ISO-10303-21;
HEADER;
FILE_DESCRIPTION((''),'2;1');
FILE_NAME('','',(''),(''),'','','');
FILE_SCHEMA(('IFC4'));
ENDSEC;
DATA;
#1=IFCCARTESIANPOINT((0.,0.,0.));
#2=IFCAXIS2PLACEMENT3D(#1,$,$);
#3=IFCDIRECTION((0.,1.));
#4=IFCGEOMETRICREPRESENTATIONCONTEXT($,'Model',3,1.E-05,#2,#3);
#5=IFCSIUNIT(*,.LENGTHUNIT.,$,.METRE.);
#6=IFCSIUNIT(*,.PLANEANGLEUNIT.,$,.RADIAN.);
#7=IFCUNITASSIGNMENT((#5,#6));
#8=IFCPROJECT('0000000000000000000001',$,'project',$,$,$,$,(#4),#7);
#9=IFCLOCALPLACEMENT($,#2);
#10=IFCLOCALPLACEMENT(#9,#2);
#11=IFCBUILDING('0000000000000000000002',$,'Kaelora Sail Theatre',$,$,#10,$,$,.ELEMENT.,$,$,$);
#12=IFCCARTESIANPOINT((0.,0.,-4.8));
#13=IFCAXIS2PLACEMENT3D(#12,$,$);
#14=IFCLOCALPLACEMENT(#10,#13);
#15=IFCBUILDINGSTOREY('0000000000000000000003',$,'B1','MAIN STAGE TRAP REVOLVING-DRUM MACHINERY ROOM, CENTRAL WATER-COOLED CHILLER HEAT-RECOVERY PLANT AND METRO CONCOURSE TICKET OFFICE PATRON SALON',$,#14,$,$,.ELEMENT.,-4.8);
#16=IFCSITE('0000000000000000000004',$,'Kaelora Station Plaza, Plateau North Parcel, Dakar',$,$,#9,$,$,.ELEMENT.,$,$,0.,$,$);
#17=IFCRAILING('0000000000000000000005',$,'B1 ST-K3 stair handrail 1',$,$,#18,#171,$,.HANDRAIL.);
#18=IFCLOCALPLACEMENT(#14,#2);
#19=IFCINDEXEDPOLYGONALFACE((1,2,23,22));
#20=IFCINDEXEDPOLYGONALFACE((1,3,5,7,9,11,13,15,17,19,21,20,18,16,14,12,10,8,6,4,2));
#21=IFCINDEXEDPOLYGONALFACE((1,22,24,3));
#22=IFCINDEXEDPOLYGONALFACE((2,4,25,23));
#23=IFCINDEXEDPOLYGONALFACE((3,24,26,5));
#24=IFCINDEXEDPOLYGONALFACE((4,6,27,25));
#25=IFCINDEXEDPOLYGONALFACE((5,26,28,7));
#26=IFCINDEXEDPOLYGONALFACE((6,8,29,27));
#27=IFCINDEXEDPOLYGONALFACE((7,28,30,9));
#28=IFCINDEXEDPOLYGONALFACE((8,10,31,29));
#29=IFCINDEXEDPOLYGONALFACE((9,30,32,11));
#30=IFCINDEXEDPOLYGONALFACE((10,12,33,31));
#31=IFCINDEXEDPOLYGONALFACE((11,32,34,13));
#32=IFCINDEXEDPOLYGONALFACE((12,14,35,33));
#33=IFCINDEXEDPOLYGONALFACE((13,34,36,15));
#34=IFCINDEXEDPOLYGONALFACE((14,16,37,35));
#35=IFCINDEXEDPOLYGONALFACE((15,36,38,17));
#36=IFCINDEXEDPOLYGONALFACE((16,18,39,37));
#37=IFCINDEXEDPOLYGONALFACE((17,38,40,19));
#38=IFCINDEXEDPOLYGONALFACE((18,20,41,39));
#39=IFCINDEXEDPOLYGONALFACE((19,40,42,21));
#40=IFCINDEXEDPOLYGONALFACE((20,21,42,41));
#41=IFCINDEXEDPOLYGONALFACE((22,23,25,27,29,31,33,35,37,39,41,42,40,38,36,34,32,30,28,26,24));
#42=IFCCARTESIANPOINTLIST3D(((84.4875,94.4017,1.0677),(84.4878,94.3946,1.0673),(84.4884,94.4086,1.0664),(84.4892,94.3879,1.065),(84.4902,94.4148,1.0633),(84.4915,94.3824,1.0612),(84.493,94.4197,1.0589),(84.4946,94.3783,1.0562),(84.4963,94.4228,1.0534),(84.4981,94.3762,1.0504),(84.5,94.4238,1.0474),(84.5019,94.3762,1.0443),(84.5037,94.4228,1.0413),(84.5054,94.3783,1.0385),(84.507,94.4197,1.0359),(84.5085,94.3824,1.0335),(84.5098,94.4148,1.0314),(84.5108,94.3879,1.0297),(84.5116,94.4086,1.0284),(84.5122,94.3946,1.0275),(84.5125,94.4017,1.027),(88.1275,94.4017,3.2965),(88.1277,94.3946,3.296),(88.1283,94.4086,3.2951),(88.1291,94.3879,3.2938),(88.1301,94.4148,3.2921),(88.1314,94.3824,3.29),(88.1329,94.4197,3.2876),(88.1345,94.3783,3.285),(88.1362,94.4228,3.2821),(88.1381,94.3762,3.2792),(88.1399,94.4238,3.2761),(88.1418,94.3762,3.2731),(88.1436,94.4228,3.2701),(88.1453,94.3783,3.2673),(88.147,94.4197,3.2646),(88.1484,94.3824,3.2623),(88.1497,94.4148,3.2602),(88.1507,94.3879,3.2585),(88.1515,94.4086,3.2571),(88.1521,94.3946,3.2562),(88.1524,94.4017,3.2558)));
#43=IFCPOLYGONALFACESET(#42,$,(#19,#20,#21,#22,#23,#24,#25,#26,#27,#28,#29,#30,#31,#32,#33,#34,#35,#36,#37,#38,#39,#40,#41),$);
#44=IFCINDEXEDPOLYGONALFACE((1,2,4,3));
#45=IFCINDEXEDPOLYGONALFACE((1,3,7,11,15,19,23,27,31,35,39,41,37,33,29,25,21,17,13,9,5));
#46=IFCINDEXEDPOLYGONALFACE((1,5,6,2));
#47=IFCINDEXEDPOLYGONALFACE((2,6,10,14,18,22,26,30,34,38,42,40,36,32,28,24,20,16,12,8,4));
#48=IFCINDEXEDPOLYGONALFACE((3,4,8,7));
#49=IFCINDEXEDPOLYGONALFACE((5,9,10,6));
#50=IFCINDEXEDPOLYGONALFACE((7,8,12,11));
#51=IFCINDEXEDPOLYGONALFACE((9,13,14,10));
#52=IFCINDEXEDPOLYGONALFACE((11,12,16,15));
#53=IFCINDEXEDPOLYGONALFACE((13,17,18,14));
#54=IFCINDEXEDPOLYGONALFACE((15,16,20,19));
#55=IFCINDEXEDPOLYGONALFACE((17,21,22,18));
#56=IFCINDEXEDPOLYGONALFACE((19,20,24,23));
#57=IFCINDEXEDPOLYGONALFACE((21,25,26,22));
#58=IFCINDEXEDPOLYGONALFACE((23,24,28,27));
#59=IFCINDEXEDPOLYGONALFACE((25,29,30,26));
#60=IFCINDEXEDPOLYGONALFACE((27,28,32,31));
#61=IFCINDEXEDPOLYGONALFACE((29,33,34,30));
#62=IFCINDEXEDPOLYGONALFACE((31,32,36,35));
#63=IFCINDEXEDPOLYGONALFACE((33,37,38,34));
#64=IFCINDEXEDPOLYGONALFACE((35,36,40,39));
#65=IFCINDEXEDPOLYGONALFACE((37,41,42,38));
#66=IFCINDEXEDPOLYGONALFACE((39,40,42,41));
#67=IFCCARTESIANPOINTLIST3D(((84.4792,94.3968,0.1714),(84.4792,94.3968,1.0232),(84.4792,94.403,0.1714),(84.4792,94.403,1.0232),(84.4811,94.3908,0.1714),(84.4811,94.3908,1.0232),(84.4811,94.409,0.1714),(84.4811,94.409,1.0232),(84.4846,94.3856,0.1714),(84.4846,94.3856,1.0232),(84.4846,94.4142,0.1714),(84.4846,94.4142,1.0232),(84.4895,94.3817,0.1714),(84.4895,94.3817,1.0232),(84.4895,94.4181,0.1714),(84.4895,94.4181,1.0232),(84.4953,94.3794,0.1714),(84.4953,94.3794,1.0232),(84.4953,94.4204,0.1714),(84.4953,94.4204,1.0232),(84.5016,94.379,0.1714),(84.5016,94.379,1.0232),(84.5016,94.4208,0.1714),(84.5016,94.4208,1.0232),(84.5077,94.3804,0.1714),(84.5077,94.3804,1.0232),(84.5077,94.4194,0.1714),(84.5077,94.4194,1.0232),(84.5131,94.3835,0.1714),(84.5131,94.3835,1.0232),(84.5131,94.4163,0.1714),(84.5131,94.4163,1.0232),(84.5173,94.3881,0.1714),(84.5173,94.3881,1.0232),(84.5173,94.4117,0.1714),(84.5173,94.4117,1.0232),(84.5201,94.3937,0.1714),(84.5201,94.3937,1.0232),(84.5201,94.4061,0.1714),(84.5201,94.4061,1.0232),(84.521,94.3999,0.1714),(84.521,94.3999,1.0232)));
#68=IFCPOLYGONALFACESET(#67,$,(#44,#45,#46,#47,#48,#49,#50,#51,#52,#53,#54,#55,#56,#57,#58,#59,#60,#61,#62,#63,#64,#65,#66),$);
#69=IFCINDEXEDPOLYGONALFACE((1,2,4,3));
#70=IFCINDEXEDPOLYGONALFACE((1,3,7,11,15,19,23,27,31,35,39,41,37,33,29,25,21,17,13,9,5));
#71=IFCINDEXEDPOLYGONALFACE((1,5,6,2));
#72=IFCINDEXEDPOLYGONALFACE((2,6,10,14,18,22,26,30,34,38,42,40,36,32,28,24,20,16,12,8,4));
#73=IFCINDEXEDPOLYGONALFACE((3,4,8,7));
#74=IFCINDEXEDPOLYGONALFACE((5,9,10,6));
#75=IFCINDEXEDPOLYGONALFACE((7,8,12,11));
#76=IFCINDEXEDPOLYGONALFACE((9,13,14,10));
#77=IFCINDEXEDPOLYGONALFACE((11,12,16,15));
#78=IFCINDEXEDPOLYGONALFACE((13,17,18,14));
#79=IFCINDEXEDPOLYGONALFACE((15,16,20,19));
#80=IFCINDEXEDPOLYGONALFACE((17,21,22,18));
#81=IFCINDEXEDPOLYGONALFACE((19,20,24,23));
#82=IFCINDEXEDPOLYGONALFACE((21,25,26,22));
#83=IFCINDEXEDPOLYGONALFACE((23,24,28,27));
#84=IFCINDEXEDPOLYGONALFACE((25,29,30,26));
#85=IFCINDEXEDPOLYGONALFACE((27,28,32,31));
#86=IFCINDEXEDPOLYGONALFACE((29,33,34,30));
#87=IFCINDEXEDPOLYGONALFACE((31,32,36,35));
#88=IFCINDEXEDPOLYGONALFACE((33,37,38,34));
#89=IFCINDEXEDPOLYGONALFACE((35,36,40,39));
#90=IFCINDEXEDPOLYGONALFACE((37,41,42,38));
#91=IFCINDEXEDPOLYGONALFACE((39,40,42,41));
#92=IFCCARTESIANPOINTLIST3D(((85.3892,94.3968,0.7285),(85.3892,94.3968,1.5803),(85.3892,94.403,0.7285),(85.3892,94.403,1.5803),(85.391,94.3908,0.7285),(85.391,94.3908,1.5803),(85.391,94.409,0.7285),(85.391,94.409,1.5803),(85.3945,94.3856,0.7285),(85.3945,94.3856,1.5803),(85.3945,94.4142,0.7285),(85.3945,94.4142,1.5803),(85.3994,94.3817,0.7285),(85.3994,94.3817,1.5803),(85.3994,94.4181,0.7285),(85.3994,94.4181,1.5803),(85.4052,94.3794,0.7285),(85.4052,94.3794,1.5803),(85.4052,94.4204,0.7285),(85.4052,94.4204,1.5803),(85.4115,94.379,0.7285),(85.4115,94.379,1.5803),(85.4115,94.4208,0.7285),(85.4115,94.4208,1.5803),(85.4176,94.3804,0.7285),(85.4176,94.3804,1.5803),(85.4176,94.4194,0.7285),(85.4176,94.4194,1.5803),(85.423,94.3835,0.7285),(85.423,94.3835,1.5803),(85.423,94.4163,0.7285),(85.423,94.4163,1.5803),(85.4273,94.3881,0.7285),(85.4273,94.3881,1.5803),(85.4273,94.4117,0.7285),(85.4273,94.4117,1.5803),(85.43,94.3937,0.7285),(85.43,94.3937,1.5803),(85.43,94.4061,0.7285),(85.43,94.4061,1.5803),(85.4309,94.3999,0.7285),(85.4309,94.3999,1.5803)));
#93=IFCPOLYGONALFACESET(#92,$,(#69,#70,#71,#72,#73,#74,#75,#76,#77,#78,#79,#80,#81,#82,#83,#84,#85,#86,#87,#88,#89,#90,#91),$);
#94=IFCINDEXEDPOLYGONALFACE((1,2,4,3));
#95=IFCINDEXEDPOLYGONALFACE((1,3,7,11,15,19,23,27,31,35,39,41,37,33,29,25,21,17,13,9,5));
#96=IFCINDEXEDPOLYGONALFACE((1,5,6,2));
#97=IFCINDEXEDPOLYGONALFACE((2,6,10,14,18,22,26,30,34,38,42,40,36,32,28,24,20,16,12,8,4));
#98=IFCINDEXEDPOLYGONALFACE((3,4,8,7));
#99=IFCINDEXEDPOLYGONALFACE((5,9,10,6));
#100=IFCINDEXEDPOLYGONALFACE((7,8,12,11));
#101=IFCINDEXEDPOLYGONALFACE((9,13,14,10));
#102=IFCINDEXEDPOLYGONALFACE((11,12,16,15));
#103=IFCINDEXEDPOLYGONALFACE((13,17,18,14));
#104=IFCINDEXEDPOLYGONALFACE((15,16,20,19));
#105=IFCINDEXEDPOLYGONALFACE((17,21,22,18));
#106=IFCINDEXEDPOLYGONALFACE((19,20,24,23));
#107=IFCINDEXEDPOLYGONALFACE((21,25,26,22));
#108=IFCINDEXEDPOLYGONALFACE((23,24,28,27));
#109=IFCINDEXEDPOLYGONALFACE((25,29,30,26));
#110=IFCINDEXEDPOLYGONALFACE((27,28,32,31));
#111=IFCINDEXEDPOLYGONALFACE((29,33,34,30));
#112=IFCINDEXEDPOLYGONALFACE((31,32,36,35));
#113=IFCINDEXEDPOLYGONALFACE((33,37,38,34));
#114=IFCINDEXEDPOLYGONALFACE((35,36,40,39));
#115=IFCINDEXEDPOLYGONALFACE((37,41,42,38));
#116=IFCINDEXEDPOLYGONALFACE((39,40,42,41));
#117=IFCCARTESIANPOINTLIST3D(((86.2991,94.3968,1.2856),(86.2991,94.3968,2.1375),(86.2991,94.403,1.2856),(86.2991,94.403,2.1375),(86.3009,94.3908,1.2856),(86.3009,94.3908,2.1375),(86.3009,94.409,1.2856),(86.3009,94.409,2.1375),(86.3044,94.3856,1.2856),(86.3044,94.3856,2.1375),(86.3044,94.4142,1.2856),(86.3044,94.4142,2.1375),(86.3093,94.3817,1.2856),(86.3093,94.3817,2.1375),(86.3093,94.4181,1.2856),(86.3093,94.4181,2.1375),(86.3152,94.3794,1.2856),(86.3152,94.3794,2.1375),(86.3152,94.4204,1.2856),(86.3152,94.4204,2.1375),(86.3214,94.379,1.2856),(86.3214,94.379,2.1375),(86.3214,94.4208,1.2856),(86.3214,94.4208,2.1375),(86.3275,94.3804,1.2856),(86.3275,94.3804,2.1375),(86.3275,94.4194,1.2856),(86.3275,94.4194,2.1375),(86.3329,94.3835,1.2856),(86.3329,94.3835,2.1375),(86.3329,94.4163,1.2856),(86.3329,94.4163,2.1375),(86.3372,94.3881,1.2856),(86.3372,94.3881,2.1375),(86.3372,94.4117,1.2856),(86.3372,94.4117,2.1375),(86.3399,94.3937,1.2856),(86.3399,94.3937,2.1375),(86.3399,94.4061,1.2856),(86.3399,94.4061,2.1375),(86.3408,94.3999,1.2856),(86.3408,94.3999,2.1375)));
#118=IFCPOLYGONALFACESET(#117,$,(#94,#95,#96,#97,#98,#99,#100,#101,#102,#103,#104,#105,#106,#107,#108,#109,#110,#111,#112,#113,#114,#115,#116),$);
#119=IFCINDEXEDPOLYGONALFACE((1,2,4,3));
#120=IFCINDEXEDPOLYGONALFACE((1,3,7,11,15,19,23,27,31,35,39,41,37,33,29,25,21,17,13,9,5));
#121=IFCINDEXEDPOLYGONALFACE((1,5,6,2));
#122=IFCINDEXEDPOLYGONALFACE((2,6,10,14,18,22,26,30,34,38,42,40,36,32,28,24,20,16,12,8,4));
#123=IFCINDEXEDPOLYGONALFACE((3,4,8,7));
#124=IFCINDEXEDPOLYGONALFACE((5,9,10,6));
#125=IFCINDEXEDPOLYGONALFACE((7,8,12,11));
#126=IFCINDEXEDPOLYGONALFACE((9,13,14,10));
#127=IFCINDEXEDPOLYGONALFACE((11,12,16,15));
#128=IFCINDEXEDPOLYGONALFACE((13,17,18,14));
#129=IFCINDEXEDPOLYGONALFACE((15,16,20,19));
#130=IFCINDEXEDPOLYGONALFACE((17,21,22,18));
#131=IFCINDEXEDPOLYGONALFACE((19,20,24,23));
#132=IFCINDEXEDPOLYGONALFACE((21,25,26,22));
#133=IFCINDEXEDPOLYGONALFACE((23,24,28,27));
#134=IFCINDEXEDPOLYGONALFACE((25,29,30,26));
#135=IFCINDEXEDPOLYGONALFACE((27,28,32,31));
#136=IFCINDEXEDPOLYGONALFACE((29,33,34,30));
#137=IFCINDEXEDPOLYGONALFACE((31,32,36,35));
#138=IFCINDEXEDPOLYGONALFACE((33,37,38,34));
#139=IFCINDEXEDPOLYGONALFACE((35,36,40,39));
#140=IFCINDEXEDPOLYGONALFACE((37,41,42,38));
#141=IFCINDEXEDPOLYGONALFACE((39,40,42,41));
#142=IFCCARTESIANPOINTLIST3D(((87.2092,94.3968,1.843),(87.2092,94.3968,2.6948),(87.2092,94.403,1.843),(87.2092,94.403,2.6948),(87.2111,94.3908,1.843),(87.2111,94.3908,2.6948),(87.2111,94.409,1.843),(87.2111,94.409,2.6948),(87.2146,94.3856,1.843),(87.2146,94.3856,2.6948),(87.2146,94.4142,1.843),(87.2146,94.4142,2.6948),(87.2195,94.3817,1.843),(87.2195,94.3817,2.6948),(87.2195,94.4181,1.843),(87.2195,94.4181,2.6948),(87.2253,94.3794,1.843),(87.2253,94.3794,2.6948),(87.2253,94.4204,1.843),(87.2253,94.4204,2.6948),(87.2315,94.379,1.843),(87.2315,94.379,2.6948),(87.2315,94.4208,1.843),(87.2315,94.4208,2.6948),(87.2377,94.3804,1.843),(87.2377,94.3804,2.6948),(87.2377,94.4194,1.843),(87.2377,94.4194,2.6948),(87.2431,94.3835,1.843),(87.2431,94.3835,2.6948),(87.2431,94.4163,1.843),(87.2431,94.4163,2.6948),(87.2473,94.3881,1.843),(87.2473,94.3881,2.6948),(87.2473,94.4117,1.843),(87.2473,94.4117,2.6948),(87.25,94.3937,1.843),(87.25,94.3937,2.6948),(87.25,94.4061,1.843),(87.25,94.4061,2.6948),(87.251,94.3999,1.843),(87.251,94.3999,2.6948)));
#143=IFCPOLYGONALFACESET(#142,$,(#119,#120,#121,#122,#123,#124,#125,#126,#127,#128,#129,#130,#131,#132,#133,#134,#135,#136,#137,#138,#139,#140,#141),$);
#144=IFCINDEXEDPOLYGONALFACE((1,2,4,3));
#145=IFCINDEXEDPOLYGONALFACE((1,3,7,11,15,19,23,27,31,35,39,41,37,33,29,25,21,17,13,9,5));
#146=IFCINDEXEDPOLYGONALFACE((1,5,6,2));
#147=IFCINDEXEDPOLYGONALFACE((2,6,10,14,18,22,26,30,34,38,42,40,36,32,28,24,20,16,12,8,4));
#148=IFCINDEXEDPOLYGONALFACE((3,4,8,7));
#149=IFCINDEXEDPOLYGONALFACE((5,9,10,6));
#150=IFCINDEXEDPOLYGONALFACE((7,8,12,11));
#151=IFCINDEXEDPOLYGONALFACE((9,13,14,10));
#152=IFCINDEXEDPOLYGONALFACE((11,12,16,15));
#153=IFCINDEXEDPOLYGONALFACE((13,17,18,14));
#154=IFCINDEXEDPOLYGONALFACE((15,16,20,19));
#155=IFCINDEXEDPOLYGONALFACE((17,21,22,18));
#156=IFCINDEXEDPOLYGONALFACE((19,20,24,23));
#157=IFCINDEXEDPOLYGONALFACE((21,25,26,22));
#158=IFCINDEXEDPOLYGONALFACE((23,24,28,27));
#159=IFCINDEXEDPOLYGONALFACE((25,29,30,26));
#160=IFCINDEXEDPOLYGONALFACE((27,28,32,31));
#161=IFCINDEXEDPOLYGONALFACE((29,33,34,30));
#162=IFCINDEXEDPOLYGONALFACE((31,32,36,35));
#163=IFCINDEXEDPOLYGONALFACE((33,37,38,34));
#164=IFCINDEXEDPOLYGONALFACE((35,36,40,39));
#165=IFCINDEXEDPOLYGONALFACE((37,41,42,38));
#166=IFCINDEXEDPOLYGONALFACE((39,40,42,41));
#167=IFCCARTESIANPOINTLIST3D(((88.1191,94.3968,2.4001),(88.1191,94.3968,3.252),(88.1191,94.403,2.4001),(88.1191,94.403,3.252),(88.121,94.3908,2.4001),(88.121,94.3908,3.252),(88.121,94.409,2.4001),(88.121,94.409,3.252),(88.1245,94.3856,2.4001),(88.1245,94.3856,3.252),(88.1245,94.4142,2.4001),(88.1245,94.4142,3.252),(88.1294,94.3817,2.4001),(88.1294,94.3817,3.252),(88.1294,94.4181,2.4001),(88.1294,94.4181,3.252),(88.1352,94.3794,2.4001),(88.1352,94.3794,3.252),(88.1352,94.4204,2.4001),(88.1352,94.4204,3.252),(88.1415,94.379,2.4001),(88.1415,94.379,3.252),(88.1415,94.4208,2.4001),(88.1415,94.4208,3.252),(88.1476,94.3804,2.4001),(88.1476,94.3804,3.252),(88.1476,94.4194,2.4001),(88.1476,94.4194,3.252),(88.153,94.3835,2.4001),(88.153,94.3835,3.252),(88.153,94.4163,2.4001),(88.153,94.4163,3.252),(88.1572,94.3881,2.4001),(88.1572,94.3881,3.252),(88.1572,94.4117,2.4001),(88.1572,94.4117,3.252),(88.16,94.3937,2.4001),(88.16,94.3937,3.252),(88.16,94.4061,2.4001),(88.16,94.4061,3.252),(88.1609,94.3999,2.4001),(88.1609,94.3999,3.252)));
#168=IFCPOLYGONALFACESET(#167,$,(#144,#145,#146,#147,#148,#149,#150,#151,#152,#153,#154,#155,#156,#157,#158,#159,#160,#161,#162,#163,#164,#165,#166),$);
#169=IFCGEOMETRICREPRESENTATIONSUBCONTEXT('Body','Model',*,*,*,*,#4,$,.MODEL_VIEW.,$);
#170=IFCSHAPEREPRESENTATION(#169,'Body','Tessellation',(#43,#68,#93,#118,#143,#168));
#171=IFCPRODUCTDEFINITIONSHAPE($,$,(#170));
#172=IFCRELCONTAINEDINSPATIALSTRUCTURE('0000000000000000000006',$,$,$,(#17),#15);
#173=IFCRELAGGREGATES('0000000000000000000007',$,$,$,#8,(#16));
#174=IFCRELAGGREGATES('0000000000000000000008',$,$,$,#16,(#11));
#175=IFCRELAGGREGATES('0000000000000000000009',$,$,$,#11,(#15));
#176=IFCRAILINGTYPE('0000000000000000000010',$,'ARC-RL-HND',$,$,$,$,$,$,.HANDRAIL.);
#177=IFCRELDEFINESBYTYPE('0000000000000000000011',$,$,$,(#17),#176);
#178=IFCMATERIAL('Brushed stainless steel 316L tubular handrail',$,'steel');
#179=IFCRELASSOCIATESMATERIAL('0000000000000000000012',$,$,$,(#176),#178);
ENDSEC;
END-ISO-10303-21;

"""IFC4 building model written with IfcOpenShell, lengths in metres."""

from ifc_helpers import new_model, si_unit, direction, frame, origin, origin_2d, place, context, subcontext, project, spatial, circle, extrude, material, type_object, element, save


model = new_model("IFC4")

# Units and contexts
model_context = context("Model", 3, precision=1e-05, world=origin(), true_north=direction((0.0, 1.0)))
body_context = subcontext(model_context, "Body", "Model", "MODEL_VIEW")
ifc_project = project(units=[si_unit("LENGTHUNIT", "METRE"), si_unit("PLANEANGLEUNIT", "RADIAN")], contexts=[model_context])

# Site, building, storey
site_placement = place(None, origin())
site = spatial("IfcSite", under=ifc_project, at=site_placement, Name="Kaelora Station Plaza, Plateau North Parcel, Dakar", CompositionType="ELEMENT", RefElevation=0.0)
building_placement = place(site_placement, origin())
building = spatial("IfcBuilding", under=site, at=building_placement, Name="Kaelora Sail Theatre", CompositionType="ELEMENT")
storey_placement = place(building_placement, frame((0.0, 0.0, -4.8)))
storey = spatial("IfcBuildingStorey", under=building, at=storey_placement, Name="B1", Description="MAIN STAGE TRAP REVOLVING-DRUM MACHINERY ROOM, CENTRAL WATER-COOLED CHILLER HEAT-RECOVERY PLANT AND METRO CONCOURSE TICKET OFFICE PATRON SALON", CompositionType="ELEMENT", Elevation=-4.8)

# Railing
ifc_material_1 = material(Name="Brushed stainless steel 316L tubular handrail", Category="steel")
railing_type_1 = type_object("IfcRailingType", Name="ARC-RL-HND", PredefinedType="HANDRAIL", material=ifc_material_1)
railing_1_placement = place(storey_placement, frame((84.5, 94.3999, 0.1714)))
element("IfcRailing", 1, at=railing_1_placement, inside=storey, type_object=railing_type_1, Name="B1 ST-K3 stair handrail 1", PredefinedType="HANDRAIL", context=body_context, shape_type="SweptSolid", body=[
    extrude(circle(Radius=0.0239, at=origin_2d()), frame((0.0, 0.0, 0.876), z_axis=(0.852825, 0.0, 0.522197), x_axis=(0.0, 1.0, 0.0)), (0.0, 0.0, 1.0), 4.2681),
    extrude(circle(Radius=0.021, at=origin_2d()), origin(), (0.0, 0.0, 1.0), 0.8518),
    extrude(circle(Radius=0.021, at=origin_2d()), frame((0.9099, 0.0, 0.5571)), (0.0, 0.0, 1.0), 0.8518),
    extrude(circle(Radius=0.021, at=origin_2d()), frame((1.8198, 0.0, 1.1143)), (0.0, 0.0, 1.0), 0.8518),
    extrude(circle(Radius=0.021, at=origin_2d()), frame((2.73, 0.0, 1.6716)), (0.0, 0.0, 1.0), 0.8518),
    extrude(circle(Radius=0.021, at=origin_2d()), frame((3.6399, 0.0, 2.2288)), (0.0, 0.0, 1.0), 0.8518),
])

save(model, "model.ifc")
